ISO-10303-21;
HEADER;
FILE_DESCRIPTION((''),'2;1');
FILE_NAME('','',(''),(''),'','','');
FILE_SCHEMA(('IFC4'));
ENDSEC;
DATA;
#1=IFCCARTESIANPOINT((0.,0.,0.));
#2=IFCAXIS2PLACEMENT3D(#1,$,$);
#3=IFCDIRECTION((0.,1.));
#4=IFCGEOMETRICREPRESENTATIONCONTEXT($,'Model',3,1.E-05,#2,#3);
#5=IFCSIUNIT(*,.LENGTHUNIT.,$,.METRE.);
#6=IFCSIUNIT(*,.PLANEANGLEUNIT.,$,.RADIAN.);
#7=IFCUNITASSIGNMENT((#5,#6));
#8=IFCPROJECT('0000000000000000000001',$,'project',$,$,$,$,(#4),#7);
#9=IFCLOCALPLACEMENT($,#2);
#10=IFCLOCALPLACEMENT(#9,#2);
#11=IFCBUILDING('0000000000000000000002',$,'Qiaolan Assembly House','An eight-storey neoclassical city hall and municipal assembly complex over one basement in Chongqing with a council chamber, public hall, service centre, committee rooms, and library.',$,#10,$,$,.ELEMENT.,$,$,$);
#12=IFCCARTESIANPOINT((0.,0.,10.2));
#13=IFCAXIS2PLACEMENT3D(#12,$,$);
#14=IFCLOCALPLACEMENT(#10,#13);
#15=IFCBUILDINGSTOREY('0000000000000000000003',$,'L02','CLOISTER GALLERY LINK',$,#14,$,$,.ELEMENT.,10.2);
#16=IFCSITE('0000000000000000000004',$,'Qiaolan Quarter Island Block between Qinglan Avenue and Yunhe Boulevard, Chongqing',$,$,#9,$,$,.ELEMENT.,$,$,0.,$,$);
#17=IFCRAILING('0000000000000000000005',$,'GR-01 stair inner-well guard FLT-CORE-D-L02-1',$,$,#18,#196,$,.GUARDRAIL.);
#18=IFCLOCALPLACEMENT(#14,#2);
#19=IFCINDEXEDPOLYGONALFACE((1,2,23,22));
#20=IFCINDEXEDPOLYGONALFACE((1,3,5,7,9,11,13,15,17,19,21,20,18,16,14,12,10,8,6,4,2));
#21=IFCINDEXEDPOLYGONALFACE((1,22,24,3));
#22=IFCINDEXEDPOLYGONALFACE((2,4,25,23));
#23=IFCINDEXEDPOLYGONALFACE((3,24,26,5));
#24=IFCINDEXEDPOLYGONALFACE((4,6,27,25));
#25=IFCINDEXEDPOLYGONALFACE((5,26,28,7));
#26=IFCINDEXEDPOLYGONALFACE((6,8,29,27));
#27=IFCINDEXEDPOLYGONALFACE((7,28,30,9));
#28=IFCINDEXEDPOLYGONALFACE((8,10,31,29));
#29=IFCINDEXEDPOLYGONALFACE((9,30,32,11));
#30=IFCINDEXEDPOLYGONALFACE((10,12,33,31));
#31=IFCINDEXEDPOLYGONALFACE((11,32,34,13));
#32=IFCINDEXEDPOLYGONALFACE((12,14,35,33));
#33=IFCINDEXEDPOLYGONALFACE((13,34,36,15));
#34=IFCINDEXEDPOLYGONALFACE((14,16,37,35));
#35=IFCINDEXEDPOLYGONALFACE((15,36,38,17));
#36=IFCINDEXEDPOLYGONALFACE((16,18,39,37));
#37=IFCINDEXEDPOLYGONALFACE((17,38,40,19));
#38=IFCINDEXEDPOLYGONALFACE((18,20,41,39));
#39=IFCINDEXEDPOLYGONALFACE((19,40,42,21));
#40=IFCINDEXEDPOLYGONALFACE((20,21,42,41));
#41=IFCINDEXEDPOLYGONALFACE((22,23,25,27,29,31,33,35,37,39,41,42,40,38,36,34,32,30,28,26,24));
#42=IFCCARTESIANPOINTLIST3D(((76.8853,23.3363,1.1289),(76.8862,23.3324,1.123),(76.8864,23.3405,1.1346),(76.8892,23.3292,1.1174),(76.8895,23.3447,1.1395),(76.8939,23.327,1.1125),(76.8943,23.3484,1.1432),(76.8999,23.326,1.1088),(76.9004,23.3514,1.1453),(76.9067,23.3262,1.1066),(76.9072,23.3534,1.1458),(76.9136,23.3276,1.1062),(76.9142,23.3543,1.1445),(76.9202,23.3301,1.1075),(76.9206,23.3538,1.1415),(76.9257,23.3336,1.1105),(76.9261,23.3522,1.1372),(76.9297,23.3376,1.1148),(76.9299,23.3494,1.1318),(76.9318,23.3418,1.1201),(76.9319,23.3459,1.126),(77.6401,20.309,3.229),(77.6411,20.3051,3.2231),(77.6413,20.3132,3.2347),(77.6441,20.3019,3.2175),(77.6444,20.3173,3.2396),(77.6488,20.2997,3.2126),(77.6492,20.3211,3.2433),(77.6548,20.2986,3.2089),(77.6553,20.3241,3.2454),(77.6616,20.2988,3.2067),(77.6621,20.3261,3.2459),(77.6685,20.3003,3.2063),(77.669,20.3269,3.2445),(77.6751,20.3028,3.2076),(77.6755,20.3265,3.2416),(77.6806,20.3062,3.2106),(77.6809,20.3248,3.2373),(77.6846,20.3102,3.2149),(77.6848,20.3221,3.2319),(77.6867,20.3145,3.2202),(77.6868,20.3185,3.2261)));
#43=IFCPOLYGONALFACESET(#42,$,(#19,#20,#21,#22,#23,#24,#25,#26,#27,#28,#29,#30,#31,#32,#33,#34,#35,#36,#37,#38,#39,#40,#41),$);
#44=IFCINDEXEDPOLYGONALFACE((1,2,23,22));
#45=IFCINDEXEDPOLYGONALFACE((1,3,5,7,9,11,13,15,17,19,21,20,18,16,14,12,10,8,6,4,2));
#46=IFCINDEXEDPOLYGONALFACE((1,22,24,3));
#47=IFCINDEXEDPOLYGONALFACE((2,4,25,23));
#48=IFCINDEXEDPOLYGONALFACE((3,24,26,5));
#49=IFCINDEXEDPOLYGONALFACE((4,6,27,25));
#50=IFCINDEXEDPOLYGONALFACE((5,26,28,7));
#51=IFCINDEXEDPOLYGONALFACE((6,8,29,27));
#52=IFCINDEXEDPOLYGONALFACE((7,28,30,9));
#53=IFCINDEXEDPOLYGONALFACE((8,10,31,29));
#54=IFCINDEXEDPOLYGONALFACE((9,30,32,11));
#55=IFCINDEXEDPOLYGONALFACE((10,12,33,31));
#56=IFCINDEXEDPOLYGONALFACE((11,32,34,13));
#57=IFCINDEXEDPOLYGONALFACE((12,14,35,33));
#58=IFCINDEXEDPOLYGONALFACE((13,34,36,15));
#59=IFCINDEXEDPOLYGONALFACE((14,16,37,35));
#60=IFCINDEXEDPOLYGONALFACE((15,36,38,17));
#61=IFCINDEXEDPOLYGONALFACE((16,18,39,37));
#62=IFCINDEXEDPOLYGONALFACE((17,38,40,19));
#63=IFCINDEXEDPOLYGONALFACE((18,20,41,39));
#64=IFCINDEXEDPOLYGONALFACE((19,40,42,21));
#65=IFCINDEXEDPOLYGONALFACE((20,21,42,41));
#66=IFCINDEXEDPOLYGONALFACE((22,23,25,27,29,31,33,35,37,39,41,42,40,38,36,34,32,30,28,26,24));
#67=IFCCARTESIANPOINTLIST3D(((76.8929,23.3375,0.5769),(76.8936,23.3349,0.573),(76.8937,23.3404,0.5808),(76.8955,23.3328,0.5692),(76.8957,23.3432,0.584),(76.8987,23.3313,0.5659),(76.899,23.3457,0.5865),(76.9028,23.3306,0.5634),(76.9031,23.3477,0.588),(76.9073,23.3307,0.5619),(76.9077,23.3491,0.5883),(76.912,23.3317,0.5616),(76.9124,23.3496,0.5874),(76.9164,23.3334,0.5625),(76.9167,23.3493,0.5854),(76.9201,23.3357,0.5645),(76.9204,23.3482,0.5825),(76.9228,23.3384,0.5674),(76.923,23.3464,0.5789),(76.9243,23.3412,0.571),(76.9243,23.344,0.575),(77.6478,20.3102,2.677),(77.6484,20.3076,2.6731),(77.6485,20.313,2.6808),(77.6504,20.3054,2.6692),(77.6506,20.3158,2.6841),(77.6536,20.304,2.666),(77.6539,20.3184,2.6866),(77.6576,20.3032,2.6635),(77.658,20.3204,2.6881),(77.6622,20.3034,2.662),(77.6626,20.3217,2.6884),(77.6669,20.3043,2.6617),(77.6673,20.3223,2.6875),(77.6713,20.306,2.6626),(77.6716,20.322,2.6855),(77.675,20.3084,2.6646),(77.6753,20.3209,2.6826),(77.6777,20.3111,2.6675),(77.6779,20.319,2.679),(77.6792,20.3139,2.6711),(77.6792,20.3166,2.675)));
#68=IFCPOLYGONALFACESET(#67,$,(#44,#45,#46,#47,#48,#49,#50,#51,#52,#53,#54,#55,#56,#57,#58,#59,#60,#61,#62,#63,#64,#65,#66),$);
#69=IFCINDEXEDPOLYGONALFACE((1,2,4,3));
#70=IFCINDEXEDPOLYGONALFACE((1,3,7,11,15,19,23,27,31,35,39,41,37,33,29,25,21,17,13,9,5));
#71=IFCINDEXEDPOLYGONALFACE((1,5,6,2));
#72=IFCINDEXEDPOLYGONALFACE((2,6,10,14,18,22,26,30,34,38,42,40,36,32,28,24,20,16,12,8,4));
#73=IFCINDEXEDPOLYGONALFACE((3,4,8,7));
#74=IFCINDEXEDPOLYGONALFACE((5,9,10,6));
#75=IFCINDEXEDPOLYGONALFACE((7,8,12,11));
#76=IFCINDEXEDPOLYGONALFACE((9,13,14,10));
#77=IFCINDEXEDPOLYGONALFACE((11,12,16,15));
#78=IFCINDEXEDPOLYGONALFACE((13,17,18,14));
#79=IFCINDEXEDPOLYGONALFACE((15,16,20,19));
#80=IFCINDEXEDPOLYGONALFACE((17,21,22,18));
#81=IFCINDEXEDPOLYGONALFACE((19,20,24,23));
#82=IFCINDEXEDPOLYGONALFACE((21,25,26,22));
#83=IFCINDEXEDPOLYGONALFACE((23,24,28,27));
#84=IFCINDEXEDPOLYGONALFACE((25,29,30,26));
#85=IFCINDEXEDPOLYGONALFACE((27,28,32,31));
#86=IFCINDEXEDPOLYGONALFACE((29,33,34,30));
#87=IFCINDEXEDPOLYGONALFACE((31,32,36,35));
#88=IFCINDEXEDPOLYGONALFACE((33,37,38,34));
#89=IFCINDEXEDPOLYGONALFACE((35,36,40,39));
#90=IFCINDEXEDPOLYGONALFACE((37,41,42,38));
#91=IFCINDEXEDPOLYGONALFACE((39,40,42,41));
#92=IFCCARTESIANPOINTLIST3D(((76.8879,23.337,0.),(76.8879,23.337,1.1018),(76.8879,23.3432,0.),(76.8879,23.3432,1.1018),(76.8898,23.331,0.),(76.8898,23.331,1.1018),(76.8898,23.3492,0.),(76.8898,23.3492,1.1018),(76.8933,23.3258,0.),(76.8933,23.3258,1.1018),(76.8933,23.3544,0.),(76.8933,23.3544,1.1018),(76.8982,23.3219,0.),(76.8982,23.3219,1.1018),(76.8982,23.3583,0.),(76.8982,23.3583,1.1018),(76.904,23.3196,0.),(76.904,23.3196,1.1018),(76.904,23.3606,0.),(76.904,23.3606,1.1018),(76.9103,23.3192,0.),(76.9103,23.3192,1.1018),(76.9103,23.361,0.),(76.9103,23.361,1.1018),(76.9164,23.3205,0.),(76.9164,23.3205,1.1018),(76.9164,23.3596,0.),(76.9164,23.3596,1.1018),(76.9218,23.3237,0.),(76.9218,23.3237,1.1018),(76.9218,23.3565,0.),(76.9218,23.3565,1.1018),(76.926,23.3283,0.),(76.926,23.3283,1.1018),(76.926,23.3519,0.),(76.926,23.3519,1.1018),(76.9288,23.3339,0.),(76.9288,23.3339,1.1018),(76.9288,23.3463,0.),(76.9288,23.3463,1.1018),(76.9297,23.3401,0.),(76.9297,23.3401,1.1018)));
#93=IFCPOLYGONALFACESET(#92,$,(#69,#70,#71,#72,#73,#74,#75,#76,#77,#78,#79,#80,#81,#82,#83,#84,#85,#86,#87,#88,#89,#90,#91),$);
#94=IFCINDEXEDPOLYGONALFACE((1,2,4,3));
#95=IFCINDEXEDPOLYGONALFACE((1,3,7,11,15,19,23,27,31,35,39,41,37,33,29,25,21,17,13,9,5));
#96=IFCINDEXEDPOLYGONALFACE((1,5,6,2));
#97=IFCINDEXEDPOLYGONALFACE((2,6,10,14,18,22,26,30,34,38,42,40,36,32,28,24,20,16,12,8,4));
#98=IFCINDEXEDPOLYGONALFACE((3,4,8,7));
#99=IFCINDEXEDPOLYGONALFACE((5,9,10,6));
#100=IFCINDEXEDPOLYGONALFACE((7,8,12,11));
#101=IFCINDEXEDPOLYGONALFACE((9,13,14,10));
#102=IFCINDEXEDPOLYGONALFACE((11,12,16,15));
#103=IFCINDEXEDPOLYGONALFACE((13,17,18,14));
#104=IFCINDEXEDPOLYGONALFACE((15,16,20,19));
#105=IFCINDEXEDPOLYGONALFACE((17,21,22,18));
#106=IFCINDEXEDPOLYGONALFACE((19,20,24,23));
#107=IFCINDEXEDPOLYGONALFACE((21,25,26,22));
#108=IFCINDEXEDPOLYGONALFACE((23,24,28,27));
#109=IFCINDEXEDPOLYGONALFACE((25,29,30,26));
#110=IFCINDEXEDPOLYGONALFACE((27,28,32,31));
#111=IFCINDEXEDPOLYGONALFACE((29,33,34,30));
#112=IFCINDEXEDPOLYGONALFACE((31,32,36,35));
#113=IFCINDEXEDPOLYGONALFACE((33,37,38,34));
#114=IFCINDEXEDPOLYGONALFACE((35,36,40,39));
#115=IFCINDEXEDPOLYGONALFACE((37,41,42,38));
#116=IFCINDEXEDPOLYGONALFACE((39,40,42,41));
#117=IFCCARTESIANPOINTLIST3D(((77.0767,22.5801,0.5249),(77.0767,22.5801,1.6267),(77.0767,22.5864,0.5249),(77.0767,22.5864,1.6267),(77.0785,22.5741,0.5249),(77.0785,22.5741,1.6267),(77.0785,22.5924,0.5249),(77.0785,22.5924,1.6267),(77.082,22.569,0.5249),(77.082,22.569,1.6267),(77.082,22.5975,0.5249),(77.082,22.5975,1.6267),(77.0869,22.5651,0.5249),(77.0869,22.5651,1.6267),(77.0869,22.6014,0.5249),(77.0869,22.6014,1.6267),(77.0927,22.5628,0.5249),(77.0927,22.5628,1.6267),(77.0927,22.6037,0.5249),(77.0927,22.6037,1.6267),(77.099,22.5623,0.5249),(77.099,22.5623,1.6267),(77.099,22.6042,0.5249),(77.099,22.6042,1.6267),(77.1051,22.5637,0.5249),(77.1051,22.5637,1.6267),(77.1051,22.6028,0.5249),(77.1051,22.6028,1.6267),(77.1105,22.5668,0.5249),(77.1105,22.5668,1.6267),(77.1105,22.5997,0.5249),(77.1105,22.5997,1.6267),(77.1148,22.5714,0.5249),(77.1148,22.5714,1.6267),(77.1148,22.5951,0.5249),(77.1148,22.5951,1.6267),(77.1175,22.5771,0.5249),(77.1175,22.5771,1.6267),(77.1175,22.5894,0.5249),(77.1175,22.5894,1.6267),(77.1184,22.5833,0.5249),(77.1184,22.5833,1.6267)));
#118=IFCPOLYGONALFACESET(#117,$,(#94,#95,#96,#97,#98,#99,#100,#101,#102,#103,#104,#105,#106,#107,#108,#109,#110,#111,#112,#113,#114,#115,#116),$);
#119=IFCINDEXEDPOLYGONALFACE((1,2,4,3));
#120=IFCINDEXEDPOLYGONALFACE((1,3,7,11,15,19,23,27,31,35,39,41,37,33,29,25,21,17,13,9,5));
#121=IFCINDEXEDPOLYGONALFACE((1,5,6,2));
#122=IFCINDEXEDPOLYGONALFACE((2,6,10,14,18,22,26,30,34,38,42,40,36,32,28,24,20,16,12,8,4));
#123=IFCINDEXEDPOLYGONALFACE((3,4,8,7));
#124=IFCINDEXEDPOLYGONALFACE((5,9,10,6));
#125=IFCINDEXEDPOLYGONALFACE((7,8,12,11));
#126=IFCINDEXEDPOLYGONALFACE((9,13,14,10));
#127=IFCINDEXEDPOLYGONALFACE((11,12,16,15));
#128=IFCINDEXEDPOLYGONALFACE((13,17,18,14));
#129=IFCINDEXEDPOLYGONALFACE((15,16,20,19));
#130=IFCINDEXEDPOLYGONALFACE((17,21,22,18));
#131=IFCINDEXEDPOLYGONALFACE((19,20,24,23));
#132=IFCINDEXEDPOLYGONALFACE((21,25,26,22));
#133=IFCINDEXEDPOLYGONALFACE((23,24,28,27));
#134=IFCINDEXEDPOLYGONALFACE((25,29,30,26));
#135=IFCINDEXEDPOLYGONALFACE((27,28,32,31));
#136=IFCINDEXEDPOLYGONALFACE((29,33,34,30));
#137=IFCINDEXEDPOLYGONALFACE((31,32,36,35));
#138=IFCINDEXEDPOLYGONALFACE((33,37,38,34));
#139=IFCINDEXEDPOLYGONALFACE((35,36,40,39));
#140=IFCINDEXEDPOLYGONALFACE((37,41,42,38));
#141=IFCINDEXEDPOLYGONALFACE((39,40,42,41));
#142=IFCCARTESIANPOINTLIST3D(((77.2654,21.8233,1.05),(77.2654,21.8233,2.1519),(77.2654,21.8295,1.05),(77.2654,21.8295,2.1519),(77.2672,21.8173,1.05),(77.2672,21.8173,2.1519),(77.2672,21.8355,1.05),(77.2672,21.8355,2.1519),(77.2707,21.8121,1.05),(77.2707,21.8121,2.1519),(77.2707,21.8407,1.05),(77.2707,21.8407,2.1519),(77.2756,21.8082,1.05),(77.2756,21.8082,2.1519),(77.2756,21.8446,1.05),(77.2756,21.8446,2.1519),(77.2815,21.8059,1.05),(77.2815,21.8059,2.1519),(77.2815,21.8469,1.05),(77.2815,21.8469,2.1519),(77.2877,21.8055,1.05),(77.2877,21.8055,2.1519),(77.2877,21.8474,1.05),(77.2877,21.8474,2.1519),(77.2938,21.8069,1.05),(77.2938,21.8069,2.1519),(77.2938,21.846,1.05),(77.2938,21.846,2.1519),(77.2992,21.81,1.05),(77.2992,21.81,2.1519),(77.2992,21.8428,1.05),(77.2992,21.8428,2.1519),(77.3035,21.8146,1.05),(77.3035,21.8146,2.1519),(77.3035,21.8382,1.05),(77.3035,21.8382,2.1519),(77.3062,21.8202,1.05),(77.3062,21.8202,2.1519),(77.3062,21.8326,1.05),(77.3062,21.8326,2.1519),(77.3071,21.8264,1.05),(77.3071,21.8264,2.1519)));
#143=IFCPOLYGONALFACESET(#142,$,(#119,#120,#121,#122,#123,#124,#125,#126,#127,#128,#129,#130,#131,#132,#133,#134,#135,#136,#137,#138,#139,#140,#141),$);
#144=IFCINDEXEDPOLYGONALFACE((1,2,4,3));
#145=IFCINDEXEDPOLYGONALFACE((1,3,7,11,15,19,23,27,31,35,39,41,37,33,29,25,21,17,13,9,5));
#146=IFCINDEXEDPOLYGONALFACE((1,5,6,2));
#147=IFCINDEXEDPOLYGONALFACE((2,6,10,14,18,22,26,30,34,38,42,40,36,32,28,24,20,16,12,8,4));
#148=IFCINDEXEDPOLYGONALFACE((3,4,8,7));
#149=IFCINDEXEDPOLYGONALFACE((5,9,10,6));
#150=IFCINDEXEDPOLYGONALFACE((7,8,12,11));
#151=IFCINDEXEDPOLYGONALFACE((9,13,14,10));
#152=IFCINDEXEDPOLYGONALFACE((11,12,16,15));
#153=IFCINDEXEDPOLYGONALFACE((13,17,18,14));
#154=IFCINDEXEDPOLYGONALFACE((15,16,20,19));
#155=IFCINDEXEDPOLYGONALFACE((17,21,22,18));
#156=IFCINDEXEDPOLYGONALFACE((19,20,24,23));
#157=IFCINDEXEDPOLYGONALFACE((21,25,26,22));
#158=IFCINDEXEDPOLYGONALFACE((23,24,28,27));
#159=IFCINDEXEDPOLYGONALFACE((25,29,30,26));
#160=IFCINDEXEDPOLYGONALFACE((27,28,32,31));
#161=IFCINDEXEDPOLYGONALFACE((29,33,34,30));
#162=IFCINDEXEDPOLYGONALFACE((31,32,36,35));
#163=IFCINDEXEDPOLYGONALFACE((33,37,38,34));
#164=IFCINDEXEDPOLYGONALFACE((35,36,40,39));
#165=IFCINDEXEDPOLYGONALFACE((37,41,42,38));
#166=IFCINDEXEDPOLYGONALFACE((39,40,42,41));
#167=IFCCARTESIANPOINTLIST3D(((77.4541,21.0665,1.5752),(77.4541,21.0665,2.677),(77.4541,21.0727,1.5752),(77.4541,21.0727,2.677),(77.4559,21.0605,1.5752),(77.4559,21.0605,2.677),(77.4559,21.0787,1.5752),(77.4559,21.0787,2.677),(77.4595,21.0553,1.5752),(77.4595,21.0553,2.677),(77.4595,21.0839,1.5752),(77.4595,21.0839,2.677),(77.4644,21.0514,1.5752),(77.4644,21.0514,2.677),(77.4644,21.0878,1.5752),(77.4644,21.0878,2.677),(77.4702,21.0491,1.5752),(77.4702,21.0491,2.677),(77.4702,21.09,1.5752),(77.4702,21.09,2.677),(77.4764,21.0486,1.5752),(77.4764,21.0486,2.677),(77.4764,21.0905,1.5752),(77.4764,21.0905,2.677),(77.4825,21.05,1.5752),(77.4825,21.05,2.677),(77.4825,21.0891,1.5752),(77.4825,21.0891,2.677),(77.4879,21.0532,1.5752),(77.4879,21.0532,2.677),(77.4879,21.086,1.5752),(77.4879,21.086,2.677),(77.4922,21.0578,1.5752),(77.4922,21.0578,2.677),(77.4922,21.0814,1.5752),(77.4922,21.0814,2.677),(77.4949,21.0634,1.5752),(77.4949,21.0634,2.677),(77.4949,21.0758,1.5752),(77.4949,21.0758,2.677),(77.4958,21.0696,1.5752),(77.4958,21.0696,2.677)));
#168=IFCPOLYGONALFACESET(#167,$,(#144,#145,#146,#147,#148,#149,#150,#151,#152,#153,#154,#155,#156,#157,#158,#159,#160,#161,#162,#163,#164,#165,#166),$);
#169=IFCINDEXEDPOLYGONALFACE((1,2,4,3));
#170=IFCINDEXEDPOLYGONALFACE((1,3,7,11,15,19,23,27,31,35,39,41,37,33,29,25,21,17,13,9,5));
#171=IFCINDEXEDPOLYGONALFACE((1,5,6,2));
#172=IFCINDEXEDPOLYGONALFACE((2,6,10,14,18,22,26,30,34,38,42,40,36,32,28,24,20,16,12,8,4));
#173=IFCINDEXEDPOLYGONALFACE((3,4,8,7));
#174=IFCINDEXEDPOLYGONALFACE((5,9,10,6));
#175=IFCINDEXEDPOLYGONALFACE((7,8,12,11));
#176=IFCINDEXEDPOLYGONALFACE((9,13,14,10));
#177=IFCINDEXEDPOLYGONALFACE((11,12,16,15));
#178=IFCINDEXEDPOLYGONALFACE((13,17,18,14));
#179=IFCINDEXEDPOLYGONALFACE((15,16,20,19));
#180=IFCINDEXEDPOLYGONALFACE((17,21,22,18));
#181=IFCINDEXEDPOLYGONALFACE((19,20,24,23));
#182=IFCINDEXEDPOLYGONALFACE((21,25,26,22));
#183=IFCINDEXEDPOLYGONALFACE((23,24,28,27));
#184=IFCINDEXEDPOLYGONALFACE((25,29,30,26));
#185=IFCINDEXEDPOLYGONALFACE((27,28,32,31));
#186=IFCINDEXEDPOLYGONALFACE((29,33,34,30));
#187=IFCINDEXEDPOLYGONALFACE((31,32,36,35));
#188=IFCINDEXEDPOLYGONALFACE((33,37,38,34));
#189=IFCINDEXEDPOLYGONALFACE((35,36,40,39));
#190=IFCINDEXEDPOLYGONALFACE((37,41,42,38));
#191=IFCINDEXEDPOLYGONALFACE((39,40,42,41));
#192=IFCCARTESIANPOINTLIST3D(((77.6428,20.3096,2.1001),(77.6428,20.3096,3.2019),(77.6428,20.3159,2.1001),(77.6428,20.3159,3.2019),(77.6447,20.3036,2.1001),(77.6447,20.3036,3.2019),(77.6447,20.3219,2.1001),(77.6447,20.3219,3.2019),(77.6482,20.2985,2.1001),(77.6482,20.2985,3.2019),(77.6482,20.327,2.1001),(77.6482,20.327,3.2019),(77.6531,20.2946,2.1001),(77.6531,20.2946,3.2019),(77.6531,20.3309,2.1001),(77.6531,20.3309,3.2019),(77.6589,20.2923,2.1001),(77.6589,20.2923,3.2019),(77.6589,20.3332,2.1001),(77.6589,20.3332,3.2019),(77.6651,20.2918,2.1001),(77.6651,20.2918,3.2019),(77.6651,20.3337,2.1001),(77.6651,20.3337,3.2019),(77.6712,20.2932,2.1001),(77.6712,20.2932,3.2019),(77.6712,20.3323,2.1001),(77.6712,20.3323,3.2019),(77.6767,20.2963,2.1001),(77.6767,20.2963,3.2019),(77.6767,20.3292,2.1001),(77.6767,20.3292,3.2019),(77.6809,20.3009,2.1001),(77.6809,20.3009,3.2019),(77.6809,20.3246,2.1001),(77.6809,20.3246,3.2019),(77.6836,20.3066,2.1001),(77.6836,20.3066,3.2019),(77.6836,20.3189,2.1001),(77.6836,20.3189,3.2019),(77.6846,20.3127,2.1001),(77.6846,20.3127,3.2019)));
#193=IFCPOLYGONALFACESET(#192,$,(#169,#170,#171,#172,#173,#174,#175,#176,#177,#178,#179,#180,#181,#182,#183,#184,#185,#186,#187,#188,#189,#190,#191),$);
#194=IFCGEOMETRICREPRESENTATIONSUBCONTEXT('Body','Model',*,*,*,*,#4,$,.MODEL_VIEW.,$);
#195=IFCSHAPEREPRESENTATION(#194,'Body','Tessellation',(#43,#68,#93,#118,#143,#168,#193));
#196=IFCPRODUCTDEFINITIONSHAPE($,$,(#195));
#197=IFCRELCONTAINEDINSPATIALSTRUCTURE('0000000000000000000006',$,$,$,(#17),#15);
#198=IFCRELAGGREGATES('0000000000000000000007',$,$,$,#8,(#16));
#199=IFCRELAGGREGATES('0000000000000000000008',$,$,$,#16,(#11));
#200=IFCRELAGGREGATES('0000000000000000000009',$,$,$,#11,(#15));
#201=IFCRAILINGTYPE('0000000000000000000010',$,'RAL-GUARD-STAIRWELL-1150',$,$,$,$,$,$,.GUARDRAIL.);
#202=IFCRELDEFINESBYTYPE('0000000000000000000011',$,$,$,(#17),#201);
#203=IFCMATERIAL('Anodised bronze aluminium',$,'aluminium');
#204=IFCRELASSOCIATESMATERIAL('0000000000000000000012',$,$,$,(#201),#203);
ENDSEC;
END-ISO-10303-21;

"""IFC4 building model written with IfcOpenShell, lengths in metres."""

from ifc_helpers import new_model, si_unit, direction, frame, origin, origin_2d, place, context, subcontext, project, spatial, circle, extrude, material, type_object, element, save


model = new_model("IFC4")

# Units and contexts
model_context = context("Model", 3, precision=1e-05, world=origin(), true_north=direction((0.0, 1.0)))
body_context = subcontext(model_context, "Body", "Model", "MODEL_VIEW")
ifc_project = project(units=[si_unit("LENGTHUNIT", "METRE"), si_unit("PLANEANGLEUNIT", "RADIAN")], contexts=[model_context])

# Site, building, storey
site_placement = place(None, origin())
site = spatial("IfcSite", under=ifc_project, at=site_placement, Name="Qiaolan Quarter Island Block between Qinglan Avenue and Yunhe Boulevard, Chongqing", CompositionType="ELEMENT", RefElevation=0.0)
building_placement = place(site_placement, origin())
building = spatial("IfcBuilding", under=site, at=building_placement, Name="Qiaolan Assembly House", Description="An eight-storey neoclassical city hall and municipal assembly complex over one basement in Chongqing with a council chamber, public hall, service centre, committee rooms, and library.", CompositionType="ELEMENT")
storey_placement = place(building_placement, frame((0.0, 0.0, 10.2)))
storey = spatial("IfcBuildingStorey", under=building, at=storey_placement, Name="L02", Description="CLOISTER GALLERY LINK", CompositionType="ELEMENT", Elevation=10.2)

# Railing
ifc_material_1 = material(Name="Anodised bronze aluminium", Category="aluminium")
railing_type_1 = type_object("IfcRailingType", Name="RAL-GUARD-STAIRWELL-1150", PredefinedType="GUARDRAIL", material=ifc_material_1)
railing_1_placement = place(storey_placement, frame((76.9087, 23.3401, 0.0)))
element("IfcRailing", 1, at=railing_1_placement, inside=storey, type_object=railing_type_1, Name="GR-01 stair inner-well guard FLT-CORE-D-L02-1", PredefinedType="GUARDRAIL", context=body_context, shape_type="SweptSolid", body=[
    extrude(circle(Radius=0.0239, at=origin_2d()), frame((0.0, 0.0, 1.126), z_axis=(0.200714, -0.804932, 0.558389), x_axis=(0.97029, 0.241946, 0.0)), (0.0, 0.0, 1.0), 3.761),
    extrude(circle(Radius=0.0161, at=origin_2d()), frame((0.0, 0.0, 0.575), z_axis=(0.200714, -0.804932, 0.558389), x_axis=(0.97029, 0.241946, 0.0)), (0.0, 0.0, 1.0), 3.761),
    extrude(circle(Radius=0.021, at=origin_2d()), origin(), (0.0, 0.0, 1.0), 1.1018),
    extrude(circle(Radius=0.021, at=origin_2d()), frame((0.1887, -0.7568, 0.5249)), (0.0, 0.0, 1.0), 1.1018),
    extrude(circle(Radius=0.021, at=origin_2d()), frame((0.3774, -1.5137, 1.05)), (0.0, 0.0, 1.0), 1.1018),
    extrude(circle(Radius=0.021, at=origin_2d()), frame((0.5662, -2.2705, 1.5752)), (0.0, 0.0, 1.0), 1.1018),
    extrude(circle(Radius=0.021, at=origin_2d()), frame((0.7549, -3.0273, 2.1001)), (0.0, 0.0, 1.0), 1.1018),
])

save(model, "model.ifc")
